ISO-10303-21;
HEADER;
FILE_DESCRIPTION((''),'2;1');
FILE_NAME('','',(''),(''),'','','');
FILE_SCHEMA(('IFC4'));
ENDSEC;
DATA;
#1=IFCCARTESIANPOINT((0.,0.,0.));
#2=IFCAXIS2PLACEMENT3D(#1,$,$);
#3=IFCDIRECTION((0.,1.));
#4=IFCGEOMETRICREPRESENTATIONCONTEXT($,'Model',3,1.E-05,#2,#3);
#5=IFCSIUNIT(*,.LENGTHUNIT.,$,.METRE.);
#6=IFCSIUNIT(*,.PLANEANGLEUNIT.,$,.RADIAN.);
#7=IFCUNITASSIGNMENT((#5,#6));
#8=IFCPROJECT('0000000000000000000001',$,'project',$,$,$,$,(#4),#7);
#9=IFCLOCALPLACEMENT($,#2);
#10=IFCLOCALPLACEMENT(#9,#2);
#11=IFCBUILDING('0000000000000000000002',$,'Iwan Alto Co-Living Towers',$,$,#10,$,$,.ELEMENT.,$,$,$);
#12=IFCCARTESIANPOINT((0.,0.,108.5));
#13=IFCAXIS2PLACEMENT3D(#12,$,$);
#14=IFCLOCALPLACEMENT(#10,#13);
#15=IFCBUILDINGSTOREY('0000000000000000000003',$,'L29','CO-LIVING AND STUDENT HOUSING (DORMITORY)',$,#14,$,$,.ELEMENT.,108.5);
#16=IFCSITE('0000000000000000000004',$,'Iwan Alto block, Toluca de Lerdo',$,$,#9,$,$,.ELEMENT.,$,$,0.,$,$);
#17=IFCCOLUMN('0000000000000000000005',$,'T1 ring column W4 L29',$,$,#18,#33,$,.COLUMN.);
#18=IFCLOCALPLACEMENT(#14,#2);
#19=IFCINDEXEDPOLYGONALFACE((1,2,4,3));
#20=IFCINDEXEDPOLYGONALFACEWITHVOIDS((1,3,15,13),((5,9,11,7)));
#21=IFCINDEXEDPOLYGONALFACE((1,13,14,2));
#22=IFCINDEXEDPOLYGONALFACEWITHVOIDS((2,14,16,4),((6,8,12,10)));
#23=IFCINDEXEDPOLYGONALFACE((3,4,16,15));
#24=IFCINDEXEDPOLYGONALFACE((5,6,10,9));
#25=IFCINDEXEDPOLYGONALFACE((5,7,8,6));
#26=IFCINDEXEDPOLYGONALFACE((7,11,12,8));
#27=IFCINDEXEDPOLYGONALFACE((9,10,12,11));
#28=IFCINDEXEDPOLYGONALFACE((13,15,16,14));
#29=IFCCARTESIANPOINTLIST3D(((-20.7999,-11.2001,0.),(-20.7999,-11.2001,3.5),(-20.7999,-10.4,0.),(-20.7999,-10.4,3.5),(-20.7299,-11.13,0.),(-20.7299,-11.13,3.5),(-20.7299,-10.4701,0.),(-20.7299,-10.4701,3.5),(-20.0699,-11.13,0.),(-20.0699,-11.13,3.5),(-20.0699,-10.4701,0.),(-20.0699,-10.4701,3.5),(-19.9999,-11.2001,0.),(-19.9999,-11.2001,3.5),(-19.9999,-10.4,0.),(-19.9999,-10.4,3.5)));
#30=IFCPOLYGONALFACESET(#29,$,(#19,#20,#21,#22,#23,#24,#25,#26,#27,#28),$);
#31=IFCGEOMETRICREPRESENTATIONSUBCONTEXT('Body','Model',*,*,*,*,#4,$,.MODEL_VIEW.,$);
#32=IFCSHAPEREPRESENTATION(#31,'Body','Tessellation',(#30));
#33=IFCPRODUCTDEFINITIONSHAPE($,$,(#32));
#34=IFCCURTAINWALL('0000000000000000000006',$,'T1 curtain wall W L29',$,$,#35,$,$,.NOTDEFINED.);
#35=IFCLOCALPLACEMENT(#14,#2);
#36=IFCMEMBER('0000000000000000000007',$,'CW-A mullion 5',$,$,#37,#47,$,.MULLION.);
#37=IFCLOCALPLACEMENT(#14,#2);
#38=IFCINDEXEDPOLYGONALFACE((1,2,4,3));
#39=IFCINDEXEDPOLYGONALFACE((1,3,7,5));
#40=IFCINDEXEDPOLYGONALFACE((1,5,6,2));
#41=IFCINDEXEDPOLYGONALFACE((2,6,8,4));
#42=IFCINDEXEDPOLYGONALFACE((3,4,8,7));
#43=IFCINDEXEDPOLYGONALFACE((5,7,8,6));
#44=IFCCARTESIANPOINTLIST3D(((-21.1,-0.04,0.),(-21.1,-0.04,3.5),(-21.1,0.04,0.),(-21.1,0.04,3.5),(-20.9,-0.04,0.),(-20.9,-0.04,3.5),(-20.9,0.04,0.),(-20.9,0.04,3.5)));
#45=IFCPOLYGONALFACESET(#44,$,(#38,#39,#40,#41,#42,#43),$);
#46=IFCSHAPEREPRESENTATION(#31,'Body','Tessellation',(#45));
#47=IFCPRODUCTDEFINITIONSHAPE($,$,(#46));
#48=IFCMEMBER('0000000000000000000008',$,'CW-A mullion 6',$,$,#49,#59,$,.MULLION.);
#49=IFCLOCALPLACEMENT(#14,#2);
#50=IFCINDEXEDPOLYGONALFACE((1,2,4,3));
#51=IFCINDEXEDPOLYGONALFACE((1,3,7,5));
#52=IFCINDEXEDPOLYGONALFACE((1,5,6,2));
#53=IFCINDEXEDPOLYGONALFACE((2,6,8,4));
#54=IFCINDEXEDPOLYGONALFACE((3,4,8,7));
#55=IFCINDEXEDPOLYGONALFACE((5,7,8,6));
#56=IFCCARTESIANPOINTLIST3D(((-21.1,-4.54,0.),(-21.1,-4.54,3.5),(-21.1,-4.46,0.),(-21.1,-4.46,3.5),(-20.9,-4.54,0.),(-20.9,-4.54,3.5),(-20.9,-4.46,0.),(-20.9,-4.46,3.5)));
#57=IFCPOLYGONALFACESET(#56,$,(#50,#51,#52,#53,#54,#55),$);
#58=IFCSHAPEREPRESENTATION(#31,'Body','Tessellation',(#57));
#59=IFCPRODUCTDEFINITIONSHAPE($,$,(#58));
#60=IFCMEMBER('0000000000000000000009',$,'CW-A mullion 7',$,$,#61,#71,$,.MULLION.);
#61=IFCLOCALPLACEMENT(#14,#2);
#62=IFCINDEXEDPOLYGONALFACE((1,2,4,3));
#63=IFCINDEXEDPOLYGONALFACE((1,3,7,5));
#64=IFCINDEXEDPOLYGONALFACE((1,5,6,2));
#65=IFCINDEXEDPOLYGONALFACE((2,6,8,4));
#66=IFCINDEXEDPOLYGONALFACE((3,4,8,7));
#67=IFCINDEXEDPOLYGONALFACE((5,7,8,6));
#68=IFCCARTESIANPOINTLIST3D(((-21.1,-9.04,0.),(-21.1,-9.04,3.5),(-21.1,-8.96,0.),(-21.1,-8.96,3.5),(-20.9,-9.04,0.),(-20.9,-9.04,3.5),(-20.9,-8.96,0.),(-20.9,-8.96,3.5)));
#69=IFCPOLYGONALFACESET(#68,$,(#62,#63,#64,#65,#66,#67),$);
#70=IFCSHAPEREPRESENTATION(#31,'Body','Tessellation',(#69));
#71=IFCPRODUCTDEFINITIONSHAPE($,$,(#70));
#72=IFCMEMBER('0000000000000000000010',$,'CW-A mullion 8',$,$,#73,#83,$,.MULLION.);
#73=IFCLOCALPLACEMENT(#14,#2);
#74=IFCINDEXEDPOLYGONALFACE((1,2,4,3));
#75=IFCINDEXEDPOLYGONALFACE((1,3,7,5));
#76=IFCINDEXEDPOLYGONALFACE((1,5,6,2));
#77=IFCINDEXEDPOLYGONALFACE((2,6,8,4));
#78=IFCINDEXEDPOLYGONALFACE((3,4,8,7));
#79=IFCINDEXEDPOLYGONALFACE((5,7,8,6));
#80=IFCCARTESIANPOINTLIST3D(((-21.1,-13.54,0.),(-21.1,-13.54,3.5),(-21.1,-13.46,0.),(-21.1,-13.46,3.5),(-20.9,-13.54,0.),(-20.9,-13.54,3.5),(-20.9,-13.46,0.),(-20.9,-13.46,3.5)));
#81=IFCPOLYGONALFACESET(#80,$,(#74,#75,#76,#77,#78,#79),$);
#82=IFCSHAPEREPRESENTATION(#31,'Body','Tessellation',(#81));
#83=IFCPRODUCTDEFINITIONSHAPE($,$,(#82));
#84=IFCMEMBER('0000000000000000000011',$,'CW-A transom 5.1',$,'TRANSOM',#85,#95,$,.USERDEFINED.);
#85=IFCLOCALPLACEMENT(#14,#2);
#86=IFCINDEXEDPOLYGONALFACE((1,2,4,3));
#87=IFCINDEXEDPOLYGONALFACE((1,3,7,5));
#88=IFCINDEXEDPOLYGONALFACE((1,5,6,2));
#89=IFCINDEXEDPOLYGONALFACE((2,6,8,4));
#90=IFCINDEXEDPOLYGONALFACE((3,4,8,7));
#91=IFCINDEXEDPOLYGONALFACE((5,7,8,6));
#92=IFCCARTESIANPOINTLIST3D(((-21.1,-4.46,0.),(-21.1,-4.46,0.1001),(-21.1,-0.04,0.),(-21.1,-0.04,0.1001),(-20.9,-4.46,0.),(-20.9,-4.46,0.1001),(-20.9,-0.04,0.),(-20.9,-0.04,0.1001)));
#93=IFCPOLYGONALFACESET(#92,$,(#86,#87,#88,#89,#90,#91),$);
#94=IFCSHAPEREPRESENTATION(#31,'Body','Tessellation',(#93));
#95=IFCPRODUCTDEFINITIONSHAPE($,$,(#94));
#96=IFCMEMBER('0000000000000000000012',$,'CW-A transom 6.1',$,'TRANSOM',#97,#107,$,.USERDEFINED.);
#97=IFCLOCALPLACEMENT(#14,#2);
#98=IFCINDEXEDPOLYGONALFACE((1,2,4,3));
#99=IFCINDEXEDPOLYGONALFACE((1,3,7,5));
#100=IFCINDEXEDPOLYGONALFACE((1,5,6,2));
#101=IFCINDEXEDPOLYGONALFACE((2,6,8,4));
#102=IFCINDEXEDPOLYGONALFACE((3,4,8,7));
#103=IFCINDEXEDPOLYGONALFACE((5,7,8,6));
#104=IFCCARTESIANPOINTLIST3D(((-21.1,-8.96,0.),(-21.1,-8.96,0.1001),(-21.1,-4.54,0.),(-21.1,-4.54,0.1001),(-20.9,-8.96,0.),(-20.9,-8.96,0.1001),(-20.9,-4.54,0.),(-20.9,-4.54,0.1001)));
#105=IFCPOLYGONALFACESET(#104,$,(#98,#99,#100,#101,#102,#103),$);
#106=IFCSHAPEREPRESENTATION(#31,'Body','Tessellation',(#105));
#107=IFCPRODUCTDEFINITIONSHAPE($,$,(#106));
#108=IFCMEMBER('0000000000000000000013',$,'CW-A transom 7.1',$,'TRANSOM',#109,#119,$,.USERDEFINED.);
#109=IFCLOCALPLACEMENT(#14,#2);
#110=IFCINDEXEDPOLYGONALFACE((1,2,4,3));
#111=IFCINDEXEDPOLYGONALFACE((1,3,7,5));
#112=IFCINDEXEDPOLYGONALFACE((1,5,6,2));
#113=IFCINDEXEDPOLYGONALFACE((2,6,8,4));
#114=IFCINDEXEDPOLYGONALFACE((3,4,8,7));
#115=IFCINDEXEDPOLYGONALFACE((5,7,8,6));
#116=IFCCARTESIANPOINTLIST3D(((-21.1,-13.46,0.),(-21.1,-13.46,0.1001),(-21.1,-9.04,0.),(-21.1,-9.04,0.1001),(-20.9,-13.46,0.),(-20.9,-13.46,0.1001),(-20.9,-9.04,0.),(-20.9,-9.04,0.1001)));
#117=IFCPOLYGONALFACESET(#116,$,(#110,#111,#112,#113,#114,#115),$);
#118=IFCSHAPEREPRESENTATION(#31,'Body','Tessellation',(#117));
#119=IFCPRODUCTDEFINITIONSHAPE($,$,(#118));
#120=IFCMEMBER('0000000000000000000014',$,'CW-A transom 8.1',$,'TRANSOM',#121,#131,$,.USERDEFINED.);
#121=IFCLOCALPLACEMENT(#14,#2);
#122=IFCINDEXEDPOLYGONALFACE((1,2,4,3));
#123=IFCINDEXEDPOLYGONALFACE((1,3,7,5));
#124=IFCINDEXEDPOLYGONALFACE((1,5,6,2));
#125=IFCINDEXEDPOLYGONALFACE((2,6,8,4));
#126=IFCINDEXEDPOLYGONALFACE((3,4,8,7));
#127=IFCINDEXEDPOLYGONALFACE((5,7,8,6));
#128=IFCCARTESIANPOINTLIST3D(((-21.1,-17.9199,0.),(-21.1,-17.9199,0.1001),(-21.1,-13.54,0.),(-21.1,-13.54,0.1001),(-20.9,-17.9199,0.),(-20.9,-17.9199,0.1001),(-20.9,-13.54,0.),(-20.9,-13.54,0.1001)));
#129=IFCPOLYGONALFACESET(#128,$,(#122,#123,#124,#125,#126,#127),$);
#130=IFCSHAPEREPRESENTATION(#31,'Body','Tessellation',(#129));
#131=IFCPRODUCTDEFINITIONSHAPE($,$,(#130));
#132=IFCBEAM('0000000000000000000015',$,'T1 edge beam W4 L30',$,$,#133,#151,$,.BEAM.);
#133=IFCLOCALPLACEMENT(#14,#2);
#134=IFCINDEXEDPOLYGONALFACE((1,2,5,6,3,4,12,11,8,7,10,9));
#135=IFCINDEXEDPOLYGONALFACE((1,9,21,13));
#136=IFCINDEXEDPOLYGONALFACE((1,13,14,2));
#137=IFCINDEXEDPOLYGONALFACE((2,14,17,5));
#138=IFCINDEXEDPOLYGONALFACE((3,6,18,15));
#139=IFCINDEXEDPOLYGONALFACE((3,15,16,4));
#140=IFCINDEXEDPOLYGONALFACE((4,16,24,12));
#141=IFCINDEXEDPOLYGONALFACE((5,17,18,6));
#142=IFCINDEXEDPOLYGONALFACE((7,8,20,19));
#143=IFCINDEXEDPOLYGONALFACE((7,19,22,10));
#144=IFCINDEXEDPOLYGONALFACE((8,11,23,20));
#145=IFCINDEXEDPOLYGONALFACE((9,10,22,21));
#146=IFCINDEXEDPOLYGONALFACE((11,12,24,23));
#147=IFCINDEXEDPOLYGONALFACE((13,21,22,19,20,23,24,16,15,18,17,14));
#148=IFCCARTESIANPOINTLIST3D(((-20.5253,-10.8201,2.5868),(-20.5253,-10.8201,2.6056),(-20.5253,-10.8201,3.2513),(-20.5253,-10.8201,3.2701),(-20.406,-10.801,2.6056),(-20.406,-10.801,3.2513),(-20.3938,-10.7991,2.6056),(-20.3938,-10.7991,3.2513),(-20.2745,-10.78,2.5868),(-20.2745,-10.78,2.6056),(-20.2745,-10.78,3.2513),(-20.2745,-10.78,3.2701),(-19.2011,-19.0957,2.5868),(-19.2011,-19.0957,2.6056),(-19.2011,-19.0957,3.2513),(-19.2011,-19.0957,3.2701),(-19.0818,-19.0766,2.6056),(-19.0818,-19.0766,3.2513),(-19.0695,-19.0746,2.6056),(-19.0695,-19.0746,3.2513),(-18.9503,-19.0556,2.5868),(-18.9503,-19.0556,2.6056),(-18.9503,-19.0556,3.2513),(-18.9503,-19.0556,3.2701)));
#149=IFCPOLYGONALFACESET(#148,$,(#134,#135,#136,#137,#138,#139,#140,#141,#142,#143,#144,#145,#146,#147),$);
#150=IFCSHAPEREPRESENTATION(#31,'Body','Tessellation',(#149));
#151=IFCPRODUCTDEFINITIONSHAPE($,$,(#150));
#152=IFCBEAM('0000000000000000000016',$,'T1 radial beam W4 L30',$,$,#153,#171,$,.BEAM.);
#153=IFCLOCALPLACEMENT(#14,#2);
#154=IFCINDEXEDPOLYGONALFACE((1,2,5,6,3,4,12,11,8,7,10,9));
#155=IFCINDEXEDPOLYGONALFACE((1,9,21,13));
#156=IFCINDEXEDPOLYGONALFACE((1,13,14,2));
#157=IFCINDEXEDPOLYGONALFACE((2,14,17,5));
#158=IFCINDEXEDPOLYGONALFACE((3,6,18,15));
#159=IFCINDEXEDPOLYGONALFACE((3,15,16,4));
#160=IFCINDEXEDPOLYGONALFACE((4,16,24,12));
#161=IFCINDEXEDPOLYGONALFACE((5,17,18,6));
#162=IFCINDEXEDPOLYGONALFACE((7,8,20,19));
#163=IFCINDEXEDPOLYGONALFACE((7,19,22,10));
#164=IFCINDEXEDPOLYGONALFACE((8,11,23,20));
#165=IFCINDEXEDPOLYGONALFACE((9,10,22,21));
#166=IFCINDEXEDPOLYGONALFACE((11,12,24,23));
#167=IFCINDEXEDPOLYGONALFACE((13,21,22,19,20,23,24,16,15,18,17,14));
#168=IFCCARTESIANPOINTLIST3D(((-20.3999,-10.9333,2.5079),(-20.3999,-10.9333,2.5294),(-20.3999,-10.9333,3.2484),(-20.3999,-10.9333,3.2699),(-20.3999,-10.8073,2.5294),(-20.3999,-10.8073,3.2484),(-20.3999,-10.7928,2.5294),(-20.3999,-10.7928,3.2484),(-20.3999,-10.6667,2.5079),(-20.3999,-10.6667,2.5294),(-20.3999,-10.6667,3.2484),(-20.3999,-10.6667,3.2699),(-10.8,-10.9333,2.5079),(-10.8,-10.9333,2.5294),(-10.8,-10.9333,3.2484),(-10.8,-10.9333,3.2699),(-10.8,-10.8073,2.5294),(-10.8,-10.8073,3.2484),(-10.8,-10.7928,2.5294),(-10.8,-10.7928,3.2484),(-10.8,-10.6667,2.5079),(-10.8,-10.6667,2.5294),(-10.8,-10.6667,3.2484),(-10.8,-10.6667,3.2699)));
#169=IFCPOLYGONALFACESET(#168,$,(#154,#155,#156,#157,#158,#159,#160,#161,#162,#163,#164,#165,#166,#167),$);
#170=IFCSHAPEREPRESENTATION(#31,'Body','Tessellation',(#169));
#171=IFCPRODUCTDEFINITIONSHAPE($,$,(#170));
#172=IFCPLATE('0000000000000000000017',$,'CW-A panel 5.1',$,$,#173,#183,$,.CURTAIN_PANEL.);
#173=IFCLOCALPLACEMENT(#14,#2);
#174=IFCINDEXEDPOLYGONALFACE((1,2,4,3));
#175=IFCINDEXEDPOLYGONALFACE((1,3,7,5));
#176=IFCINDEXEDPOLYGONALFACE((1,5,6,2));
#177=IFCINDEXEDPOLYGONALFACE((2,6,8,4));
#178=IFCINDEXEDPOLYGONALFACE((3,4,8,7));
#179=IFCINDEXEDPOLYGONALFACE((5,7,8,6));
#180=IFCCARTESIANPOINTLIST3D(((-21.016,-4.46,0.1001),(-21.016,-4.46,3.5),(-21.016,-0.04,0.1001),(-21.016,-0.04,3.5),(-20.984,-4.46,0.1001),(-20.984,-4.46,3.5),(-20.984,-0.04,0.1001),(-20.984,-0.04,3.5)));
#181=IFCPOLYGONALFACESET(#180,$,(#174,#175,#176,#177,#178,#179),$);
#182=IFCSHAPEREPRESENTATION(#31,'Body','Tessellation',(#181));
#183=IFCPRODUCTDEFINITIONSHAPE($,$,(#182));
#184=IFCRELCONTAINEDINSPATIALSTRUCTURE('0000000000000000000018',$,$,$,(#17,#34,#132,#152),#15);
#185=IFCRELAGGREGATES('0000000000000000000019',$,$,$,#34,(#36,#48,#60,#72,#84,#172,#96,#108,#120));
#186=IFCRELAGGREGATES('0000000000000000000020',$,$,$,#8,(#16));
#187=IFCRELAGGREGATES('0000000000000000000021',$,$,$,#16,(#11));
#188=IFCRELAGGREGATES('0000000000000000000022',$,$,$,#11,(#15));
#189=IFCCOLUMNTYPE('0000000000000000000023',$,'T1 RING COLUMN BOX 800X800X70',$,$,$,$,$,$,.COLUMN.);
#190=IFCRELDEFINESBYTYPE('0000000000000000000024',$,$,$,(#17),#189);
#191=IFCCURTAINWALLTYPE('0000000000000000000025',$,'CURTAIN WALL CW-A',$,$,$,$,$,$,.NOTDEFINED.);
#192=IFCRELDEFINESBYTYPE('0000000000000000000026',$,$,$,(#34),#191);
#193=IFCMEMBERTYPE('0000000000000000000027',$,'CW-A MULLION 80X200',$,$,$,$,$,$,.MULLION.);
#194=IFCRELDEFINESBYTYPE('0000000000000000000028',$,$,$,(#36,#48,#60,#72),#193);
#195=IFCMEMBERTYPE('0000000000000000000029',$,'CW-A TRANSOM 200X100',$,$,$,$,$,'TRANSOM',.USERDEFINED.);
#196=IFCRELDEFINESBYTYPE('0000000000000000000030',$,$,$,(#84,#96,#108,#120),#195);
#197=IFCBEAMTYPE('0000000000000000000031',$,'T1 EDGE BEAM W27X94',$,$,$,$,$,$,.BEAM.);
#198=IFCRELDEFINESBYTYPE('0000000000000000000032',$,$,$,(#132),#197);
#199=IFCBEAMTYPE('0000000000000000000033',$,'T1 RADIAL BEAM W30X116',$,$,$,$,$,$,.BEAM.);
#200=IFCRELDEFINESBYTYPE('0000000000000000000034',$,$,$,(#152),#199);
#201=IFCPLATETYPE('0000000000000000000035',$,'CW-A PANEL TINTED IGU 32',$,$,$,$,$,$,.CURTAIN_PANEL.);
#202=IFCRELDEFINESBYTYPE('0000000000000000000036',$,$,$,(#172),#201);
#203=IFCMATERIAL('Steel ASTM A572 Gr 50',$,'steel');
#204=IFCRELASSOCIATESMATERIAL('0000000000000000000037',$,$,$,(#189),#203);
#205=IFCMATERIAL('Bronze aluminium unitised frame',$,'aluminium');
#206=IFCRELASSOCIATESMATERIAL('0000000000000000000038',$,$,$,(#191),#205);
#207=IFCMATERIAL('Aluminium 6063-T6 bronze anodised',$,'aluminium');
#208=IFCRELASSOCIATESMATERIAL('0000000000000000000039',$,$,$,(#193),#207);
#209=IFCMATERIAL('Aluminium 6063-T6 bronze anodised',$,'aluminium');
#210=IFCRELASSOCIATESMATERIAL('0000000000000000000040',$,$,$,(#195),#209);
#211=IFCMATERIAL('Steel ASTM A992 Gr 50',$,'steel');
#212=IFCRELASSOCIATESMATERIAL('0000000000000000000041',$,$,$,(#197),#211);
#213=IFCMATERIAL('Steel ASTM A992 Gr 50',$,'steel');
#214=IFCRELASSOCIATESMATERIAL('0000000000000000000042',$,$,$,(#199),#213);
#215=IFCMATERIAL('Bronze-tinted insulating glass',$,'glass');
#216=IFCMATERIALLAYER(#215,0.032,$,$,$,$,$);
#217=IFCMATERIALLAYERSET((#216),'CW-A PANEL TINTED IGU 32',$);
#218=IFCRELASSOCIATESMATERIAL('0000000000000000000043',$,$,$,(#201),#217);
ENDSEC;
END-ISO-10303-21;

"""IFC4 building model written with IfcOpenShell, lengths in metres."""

from ifc_helpers import new_model, si_unit, direction, frame, origin, origin_2d, place, context, subcontext, project, spatial, rectangle, hollow_rectangle, i_section, extrude, material, layer, layer_set, material_profile, profile_set, type_object, element, aggregate, save


model = new_model("IFC4")

# Units and contexts
model_context = context("Model", 3, precision=1e-05, world=origin(), true_north=direction((0.0, 1.0)))
body_context = subcontext(model_context, "Body", "Model", "MODEL_VIEW")
ifc_project = project(units=[si_unit("LENGTHUNIT", "METRE"), si_unit("PLANEANGLEUNIT", "RADIAN")], contexts=[model_context])

# Site, building, storey
site_placement = place(None, origin())
site = spatial("IfcSite", under=ifc_project, at=site_placement, Name="Iwan Alto block, Toluca de Lerdo", CompositionType="ELEMENT", RefElevation=0.0)
building_placement = place(site_placement, origin())
building = spatial("IfcBuilding", under=site, at=building_placement, Name="Iwan Alto Co-Living Towers", CompositionType="ELEMENT")
storey_placement = place(building_placement, frame((0.0, 0.0, 108.5)))
storey = spatial("IfcBuildingStorey", under=building, at=storey_placement, Name="L29", Description="CO-LIVING AND STUDENT HOUSING (DORMITORY)", CompositionType="ELEMENT", Elevation=108.5)

# Column
ifc_material_1 = material(Name="Steel ASTM A572 Gr 50", Category="steel")
ifc_material_profile_1 = material_profile(ifc_material_1, hollow_rectangle(XDim=0.8, YDim=0.8, WallThickness=0.0701, at=origin_2d()), Name="BOX 800X800X70")
ifc_profile_set_1 = profile_set([ifc_material_profile_1], Name="Steel ASTM A572 Gr 50")
column_type = type_object("IfcColumnType", Name="T1 RING COLUMN BOX 800X800X70", PredefinedType="COLUMN", material=ifc_profile_set_1)
column_placement = place(storey_placement, frame((-20.3999, -10.8, 0.0), z_axis=(0.0, 0.0, 1.0), x_axis=(1.0, 0.0, 0.0)))
element("IfcColumn", 1, at=column_placement, inside=storey, type_object=column_type, Name="T1 ring column W4 L29", PredefinedType="COLUMN", context=body_context, shape_type="SweptSolid", body=[
    extrude(hollow_rectangle(XDim=0.8, YDim=0.8, WallThickness=0.0701, at=origin_2d()), origin(), (0.0, 0.0, 1.0), 3.5),
])

# Curtain wall, members
ifc_material_2 = material(Name="Bronze aluminium unitised frame", Category="aluminium")
curtain_wall_type = type_object("IfcCurtainWallType", Name="CURTAIN WALL CW-A", PredefinedType="NOTDEFINED", material=ifc_material_2)
curtain_wall_placement = place(storey_placement, origin())
curtain_wall = element("IfcCurtainWall", 2, at=curtain_wall_placement, inside=storey, type_object=curtain_wall_type, Name="T1 curtain wall W L29", PredefinedType="NOTDEFINED")
ifc_material_3 = material(Name="Aluminium 6063-T6 bronze anodised", Category="aluminium")
ifc_material_profile_2 = material_profile(ifc_material_3, rectangle(XDim=0.2, YDim=0.0801, at=origin_2d()), Name="AL 80X200")
ifc_profile_set_2 = profile_set([ifc_material_profile_2], Name="Aluminium 6063-T6 bronze anodised")
member_type_1 = type_object("IfcMemberType", Name="CW-A MULLION 80X200", PredefinedType="MULLION", material=ifc_profile_set_2)
member_1_placement = place(storey_placement, frame((-21.0, 0.0, 0.0), z_axis=(0.0, 0.0, 1.0), x_axis=(1.0, 0.0, 0.0)))
member_1 = element("IfcMember", 3, at=member_1_placement, type_object=member_type_1, Name="CW-A mullion 5", PredefinedType="MULLION", context=body_context, shape_type="SweptSolid", body=[
    extrude(rectangle(XDim=0.2, YDim=0.0801, at=origin_2d()), origin(), (0.0, 0.0, 1.0), 3.5),
])
member_2_placement = place(storey_placement, frame((-21.0, -4.5, 0.0), z_axis=(0.0, 0.0, 1.0), x_axis=(1.0, 0.0, 0.0)))
member_2 = element("IfcMember", 4, at=member_2_placement, type_object=member_type_1, Name="CW-A mullion 6", PredefinedType="MULLION", context=body_context, shape_type="SweptSolid", body=[
    extrude(rectangle(XDim=0.2, YDim=0.0801, at=origin_2d()), origin(), (0.0, 0.0, 1.0), 3.5),
])
member_3_placement = place(storey_placement, frame((-21.0, -9.0, 0.0), z_axis=(0.0, 0.0, 1.0), x_axis=(1.0, 0.0, 0.0)))
member_3 = element("IfcMember", 5, at=member_3_placement, type_object=member_type_1, Name="CW-A mullion 7", PredefinedType="MULLION", context=body_context, shape_type="SweptSolid", body=[
    extrude(rectangle(XDim=0.2, YDim=0.0801, at=origin_2d()), origin(), (0.0, 0.0, 1.0), 3.5),
])
member_4_placement = place(storey_placement, frame((-21.0, -13.5, 0.0), z_axis=(0.0, 0.0, 1.0), x_axis=(1.0, 0.0, 0.0)))
member_4 = element("IfcMember", 6, at=member_4_placement, type_object=member_type_1, Name="CW-A mullion 8", PredefinedType="MULLION", context=body_context, shape_type="SweptSolid", body=[
    extrude(rectangle(XDim=0.2, YDim=0.0801, at=origin_2d()), origin(), (0.0, 0.0, 1.0), 3.5),
])
ifc_material_4 = material(Name="Aluminium 6063-T6 bronze anodised", Category="aluminium")
ifc_material_profile_3 = material_profile(ifc_material_4, rectangle(XDim=0.2, YDim=0.1001, at=origin_2d()), Name="AL 200X100")
ifc_profile_set_3 = profile_set([ifc_material_profile_3], Name="Aluminium 6063-T6 bronze anodised")
member_type_2 = type_object("IfcMemberType", Name="CW-A TRANSOM 200X100", ElementType="TRANSOM", PredefinedType="USERDEFINED", material=ifc_profile_set_3)
member_5_placement = place(storey_placement, frame((-21.0, -0.04, 0.05), z_axis=(0.0, -1.0, 0.0), x_axis=(1.0, 0.0, 0.0)))
member_5 = element("IfcMember", 7, at=member_5_placement, type_object=member_type_2, Name="CW-A transom 5.1", ObjectType="TRANSOM", PredefinedType="USERDEFINED", context=body_context, shape_type="SweptSolid", body=[
    extrude(rectangle(XDim=0.2, YDim=0.1001, at=origin_2d()), origin(), (0.0, 0.0, 1.0), 4.4199),
])
member_6_placement = place(storey_placement, frame((-21.0, -4.54, 0.05), z_axis=(0.0, -1.0, 0.0), x_axis=(1.0, 0.0, 0.0)))
member_6 = element("IfcMember", 8, at=member_6_placement, type_object=member_type_2, Name="CW-A transom 6.1", ObjectType="TRANSOM", PredefinedType="USERDEFINED", context=body_context, shape_type="SweptSolid", body=[
    extrude(rectangle(XDim=0.2, YDim=0.1001, at=origin_2d()), origin(), (0.0, 0.0, 1.0), 4.4199),
])
member_7_placement = place(storey_placement, frame((-21.0, -9.04, 0.05), z_axis=(0.0, -1.0, 0.0), x_axis=(1.0, 0.0, 0.0)))
member_7 = element("IfcMember", 9, at=member_7_placement, type_object=member_type_2, Name="CW-A transom 7.1", ObjectType="TRANSOM", PredefinedType="USERDEFINED", context=body_context, shape_type="SweptSolid", body=[
    extrude(rectangle(XDim=0.2, YDim=0.1001, at=origin_2d()), origin(), (0.0, 0.0, 1.0), 4.4199),
])
member_8_placement = place(storey_placement, frame((-21.0, -13.54, 0.05), z_axis=(0.0, -1.0, 0.0), x_axis=(1.0, 0.0, 0.0)))
member_8 = element("IfcMember", 10, at=member_8_placement, type_object=member_type_2, Name="CW-A transom 8.1", ObjectType="TRANSOM", PredefinedType="USERDEFINED", context=body_context, shape_type="SweptSolid", body=[
    extrude(rectangle(XDim=0.2, YDim=0.1001, at=origin_2d()), origin(), (0.0, 0.0, 1.0), 4.3799),
])

# Beams
ifc_material_5 = material(Name="Steel ASTM A992 Gr 50", Category="steel")
ifc_material_profile_4 = material_profile(ifc_material_5, i_section(OverallWidth=0.2539, OverallDepth=0.6833, WebThickness=0.0125, FlangeThickness=0.0188, at=origin_2d()), Name="W27X94")
ifc_profile_set_4 = profile_set([ifc_material_profile_4], Name="Steel ASTM A992 Gr 50")
beam_type_1 = type_object("IfcBeamType", Name="T1 EDGE BEAM W27X94", PredefinedType="BEAM", material=ifc_profile_set_4)
beam_1_placement = place(storey_placement, frame((-20.3999, -10.8, 2.9285), z_axis=(0.158004, -0.987438, 0.0), x_axis=(0.987438, 0.158004, 0.0)))
element("IfcBeam", 11, at=beam_1_placement, inside=storey, type_object=beam_type_1, Name="T1 edge beam W4 L30", PredefinedType="BEAM", context=body_context, shape_type="SweptSolid", body=[
    extrude(i_section(OverallWidth=0.2539, OverallDepth=0.6833, WebThickness=0.0125, FlangeThickness=0.0188, at=origin_2d()), origin(), (0.0, 0.0, 1.0), 8.3809),
])
ifc_material_6 = material(Name="Steel ASTM A992 Gr 50", Category="steel")
ifc_material_profile_5 = material_profile(ifc_material_6, i_section(OverallWidth=0.2666, OverallDepth=0.762, WebThickness=0.0144, FlangeThickness=0.0215, at=origin_2d()), Name="W30X116")
ifc_profile_set_5 = profile_set([ifc_material_profile_5], Name="Steel ASTM A992 Gr 50")
beam_type_2 = type_object("IfcBeamType", Name="T1 RADIAL BEAM W30X116", PredefinedType="BEAM", material=ifc_profile_set_5)
beam_2_placement = place(storey_placement, frame((-20.3999, -10.8, 2.8889), z_axis=(1.0, 0.0, 0.0), x_axis=(0.0, 1.0, 0.0)))
element("IfcBeam", 12, at=beam_2_placement, inside=storey, type_object=beam_type_2, Name="T1 radial beam W4 L30", PredefinedType="BEAM", context=body_context, shape_type="SweptSolid", body=[
    extrude(i_section(OverallWidth=0.2666, OverallDepth=0.762, WebThickness=0.0144, FlangeThickness=0.0215, at=origin_2d()), origin(), (0.0, 0.0, 1.0), 9.5999),
])

# Plate
ifc_material_7 = material(Name="Bronze-tinted insulating glass", Category="glass")
ifc_layer_1 = layer(ifc_material_7, 0.032)
ifc_layer_set_1 = layer_set([ifc_layer_1], Name="CW-A PANEL TINTED IGU 32")
plate_type = type_object("IfcPlateType", Name="CW-A PANEL TINTED IGU 32", PredefinedType="CURTAIN_PANEL", material=ifc_layer_set_1)
plate_1_placement = place(storey_placement, frame((-21.0, -2.25, 0.1001), z_axis=(0.0, 0.0, 1.0), x_axis=(0.0, -1.0, 0.0)))
plate_1 = element("IfcPlate", 13, at=plate_1_placement, type_object=plate_type, Name="CW-A panel 5.1", PredefinedType="CURTAIN_PANEL", context=body_context, shape_type="SweptSolid", body=[
    extrude(rectangle(XDim=4.4199, YDim=0.032, at=origin_2d()), origin(), (0.0, 0.0, 1.0), 3.3999),
])
aggregate(curtain_wall, [member_1, member_2, member_3, member_4, member_5, plate_1, member_6, member_7, member_8])

save(model, "model.ifc")
